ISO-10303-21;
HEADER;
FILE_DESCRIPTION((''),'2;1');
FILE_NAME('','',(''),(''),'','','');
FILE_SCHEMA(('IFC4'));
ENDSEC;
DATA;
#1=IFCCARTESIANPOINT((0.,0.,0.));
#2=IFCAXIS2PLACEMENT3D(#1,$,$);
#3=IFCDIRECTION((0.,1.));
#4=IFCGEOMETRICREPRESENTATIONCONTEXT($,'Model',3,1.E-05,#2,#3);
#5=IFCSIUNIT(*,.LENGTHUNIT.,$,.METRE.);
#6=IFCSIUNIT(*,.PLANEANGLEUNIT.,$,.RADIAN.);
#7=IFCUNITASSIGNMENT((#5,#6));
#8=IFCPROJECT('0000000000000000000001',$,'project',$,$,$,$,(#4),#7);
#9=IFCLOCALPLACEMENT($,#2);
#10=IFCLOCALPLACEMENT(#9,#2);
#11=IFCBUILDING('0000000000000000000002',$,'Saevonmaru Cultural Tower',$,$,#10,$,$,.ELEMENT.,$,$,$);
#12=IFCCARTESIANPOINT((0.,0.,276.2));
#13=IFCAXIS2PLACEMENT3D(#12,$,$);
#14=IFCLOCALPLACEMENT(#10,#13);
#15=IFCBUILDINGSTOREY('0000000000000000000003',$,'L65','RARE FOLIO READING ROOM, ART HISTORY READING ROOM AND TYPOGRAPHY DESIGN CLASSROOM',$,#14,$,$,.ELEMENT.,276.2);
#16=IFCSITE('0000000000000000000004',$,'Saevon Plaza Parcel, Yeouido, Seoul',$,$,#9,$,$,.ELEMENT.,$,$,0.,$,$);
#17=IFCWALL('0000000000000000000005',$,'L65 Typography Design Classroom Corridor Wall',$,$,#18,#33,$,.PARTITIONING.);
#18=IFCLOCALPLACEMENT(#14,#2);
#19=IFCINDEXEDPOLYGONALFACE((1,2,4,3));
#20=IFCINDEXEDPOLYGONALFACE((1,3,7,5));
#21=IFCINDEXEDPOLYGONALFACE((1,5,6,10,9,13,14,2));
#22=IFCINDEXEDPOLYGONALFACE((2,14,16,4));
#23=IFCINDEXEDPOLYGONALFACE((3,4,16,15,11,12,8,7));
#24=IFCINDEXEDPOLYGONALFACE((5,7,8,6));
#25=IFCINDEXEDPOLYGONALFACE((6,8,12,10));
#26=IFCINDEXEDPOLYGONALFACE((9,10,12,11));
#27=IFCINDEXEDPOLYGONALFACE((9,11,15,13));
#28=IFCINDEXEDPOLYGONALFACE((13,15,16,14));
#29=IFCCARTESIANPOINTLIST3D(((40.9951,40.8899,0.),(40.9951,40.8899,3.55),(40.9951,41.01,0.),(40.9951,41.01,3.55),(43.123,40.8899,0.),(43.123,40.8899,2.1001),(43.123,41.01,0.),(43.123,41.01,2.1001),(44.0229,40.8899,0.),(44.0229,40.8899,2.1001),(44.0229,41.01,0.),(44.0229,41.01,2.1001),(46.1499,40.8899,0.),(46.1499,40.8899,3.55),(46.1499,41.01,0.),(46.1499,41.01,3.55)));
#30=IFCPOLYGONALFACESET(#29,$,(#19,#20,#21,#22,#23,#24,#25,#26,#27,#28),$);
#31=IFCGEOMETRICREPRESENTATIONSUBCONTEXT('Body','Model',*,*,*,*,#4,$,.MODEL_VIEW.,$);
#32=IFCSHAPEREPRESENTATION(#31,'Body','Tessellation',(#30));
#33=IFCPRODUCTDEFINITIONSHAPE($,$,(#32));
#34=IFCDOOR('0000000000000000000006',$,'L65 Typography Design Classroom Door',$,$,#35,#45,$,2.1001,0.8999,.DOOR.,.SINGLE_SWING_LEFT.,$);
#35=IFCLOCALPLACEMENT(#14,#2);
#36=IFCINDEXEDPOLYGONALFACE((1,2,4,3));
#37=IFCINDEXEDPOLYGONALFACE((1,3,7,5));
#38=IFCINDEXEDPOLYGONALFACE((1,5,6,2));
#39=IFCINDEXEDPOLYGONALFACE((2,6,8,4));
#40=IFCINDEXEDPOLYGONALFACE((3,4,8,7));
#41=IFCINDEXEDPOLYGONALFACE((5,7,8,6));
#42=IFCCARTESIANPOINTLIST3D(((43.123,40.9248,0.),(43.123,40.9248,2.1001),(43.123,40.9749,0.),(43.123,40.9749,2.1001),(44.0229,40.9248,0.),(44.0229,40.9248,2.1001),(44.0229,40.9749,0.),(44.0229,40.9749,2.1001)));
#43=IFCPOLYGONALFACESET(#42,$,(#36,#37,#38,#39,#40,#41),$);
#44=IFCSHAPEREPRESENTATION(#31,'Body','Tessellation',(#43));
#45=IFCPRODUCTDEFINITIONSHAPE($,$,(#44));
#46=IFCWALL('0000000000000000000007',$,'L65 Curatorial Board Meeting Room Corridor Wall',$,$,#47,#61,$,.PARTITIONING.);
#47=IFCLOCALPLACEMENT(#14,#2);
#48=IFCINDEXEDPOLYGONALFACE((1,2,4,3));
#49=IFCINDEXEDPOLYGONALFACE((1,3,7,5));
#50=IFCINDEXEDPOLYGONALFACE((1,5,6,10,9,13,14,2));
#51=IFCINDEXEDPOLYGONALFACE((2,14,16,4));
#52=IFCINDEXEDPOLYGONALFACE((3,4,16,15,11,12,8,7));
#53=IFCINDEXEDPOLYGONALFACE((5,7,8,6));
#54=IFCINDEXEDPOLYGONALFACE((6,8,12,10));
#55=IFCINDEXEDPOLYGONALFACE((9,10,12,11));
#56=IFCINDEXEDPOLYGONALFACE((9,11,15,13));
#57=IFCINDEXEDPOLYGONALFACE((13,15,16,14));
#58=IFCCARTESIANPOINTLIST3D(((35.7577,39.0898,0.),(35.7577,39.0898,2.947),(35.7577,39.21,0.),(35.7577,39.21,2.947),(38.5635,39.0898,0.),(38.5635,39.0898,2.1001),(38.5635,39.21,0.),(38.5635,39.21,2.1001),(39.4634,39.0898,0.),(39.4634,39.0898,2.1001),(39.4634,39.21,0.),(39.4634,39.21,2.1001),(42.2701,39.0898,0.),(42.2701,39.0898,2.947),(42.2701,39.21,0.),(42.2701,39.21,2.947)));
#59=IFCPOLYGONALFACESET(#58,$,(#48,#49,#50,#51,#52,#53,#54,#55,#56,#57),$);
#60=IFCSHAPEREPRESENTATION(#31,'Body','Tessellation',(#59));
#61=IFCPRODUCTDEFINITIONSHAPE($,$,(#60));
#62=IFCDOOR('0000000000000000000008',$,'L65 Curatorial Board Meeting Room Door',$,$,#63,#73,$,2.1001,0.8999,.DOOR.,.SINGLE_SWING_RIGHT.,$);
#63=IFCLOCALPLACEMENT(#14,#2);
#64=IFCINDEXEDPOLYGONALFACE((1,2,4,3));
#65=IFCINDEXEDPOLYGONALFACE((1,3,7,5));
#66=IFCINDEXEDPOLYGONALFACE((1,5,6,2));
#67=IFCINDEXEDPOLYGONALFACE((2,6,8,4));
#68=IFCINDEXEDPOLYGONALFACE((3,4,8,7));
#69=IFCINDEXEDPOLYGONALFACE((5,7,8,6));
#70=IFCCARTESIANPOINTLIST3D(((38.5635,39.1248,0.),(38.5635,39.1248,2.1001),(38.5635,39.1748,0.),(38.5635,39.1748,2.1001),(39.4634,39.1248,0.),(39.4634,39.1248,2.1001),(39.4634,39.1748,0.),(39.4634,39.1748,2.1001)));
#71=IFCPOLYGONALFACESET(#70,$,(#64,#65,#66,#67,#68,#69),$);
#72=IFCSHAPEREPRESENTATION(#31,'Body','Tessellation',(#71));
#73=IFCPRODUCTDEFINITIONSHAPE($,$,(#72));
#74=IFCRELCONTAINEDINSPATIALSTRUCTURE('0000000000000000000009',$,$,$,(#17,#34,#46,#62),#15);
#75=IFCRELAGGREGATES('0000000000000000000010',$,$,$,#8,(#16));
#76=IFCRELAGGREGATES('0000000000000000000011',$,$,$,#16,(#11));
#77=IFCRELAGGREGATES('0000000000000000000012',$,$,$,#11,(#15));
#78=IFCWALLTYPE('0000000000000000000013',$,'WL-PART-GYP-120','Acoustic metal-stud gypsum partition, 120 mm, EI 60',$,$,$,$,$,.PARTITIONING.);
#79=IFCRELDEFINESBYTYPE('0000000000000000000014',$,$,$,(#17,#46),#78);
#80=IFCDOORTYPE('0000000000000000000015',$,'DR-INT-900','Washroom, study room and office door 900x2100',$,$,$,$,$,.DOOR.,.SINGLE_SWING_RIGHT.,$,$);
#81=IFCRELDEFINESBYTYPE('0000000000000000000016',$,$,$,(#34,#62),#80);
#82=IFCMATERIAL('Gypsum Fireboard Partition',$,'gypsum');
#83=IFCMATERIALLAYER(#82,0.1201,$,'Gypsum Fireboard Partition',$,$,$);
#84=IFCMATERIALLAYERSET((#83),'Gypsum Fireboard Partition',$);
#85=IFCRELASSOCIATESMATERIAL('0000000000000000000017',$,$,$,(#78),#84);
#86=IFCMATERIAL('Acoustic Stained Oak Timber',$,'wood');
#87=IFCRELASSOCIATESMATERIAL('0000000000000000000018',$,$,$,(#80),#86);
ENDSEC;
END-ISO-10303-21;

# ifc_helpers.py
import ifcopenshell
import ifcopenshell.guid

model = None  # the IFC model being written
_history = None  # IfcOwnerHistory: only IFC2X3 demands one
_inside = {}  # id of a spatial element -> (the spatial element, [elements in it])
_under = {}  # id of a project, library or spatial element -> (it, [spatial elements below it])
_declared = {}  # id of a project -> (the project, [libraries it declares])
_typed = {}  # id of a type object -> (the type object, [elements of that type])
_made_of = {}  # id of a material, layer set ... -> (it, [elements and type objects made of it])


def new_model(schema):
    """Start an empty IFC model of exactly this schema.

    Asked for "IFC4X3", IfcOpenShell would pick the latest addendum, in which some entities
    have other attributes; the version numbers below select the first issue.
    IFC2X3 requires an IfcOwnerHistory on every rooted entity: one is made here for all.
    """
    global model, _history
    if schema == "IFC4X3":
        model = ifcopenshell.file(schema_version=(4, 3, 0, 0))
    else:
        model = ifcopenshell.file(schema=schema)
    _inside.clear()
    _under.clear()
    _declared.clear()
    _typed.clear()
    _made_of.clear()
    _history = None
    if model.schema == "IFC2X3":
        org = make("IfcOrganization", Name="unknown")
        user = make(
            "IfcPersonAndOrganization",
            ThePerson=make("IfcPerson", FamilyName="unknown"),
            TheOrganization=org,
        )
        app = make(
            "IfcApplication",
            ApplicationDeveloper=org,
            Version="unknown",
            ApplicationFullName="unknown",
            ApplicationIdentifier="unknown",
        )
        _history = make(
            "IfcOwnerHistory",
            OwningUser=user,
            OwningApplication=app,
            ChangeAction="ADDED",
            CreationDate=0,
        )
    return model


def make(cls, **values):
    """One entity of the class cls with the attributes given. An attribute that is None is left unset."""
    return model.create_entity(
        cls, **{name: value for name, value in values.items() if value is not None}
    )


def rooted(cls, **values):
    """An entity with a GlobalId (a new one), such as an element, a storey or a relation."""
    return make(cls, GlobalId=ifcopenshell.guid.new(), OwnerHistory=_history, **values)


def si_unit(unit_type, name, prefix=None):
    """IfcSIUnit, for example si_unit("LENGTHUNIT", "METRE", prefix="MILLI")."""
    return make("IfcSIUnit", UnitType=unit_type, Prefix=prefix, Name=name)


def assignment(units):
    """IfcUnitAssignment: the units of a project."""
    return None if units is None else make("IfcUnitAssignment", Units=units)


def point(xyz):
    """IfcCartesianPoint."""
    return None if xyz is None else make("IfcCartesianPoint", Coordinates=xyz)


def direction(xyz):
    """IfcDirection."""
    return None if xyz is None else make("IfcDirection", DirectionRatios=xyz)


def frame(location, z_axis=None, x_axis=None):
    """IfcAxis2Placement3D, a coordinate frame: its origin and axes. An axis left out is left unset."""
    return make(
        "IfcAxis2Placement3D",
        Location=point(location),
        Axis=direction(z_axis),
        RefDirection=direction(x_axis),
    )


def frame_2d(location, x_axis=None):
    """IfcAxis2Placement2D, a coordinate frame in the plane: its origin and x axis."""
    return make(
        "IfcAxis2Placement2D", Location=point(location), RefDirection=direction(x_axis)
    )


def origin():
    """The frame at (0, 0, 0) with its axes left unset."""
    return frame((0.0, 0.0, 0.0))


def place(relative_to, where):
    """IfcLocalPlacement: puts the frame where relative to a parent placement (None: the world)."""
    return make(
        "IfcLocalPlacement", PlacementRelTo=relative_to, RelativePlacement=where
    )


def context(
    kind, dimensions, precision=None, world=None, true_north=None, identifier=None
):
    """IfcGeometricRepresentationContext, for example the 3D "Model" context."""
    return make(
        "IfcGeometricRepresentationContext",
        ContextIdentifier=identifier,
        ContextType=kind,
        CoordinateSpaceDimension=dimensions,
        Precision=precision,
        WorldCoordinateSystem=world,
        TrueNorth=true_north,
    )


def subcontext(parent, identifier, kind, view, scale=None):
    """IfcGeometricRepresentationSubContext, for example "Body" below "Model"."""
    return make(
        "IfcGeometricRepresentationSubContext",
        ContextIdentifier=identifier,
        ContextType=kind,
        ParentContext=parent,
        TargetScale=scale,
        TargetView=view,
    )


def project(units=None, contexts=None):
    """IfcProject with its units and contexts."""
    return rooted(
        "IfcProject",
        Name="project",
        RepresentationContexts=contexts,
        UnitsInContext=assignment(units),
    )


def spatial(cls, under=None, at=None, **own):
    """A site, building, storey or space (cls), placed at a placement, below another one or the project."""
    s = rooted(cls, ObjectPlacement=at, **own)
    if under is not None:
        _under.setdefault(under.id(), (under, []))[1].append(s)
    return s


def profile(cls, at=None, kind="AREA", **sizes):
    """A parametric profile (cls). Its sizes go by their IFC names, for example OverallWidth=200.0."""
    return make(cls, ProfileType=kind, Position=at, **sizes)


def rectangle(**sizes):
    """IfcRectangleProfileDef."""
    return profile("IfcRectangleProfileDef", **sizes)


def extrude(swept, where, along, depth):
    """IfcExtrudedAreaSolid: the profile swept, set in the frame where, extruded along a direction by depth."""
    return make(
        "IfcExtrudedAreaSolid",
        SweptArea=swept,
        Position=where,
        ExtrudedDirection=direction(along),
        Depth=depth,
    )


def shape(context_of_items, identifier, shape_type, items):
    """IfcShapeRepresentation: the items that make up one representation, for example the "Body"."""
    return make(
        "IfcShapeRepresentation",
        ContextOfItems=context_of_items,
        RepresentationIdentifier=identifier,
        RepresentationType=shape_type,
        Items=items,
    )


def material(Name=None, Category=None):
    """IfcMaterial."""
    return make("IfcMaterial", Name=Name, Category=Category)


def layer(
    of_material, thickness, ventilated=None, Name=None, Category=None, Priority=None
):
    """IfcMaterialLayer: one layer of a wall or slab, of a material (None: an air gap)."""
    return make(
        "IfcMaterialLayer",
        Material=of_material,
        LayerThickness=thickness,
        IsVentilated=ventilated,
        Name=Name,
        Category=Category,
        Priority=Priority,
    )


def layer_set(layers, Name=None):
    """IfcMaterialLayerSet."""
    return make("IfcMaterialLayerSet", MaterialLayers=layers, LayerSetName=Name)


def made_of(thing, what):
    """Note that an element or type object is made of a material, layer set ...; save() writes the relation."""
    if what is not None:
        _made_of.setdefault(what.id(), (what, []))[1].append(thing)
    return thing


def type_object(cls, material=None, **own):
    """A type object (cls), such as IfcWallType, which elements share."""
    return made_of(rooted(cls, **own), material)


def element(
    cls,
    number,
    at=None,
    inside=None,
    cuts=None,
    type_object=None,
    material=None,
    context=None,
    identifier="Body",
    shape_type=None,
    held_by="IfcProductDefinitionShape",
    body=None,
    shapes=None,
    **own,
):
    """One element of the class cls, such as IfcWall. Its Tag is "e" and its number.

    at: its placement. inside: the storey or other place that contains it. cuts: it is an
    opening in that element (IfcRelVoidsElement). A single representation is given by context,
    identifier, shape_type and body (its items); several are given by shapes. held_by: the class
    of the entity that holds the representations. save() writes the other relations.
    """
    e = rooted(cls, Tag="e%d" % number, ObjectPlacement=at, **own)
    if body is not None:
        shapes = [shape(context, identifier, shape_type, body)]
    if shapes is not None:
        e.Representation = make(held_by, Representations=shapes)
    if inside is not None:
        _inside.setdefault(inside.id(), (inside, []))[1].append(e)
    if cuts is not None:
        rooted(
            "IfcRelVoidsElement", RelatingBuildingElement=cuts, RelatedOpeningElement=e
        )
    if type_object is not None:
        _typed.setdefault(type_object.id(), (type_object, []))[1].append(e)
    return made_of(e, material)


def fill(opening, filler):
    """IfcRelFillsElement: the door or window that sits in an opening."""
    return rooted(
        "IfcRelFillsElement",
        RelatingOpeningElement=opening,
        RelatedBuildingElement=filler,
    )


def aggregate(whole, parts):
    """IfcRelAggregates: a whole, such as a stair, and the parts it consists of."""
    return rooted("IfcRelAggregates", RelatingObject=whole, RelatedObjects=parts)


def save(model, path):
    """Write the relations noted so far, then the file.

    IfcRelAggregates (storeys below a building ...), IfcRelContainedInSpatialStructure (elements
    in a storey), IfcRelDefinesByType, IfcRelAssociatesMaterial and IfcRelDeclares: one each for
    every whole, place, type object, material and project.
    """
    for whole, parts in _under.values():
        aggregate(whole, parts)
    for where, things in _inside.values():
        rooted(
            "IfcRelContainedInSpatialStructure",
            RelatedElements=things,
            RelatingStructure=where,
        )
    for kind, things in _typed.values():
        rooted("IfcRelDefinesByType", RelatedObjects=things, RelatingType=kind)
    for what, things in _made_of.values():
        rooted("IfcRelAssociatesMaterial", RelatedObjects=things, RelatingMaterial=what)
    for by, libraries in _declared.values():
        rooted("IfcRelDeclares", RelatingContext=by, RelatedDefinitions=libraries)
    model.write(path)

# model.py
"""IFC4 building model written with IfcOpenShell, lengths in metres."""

from ifc_helpers import new_model, si_unit, direction, frame, frame_2d, origin, place, context, subcontext, project, spatial, rectangle, extrude, material, layer, layer_set, type_object, element, fill, save


model = new_model("IFC4")

# Units and contexts
model_context = context("Model", 3, precision=1e-05, world=origin(), true_north=direction((0.0, 1.0)))
body_context = subcontext(model_context, "Body", "Model", "MODEL_VIEW")
ifc_project = project(units=[si_unit("LENGTHUNIT", "METRE"), si_unit("PLANEANGLEUNIT", "RADIAN")], contexts=[model_context])

# Site, building, storey
site_placement = place(None, origin())
site = spatial("IfcSite", under=ifc_project, at=site_placement, Name="Saevon Plaza Parcel, Yeouido, Seoul", CompositionType="ELEMENT", RefElevation=0.0)
building_placement = place(site_placement, origin())
building = spatial("IfcBuilding", under=site, at=building_placement, Name="Saevonmaru Cultural Tower", CompositionType="ELEMENT")
storey_placement = place(building_placement, frame((0.0, 0.0, 276.2)))
storey = spatial("IfcBuildingStorey", under=building, at=storey_placement, Name="L65", Description="RARE FOLIO READING ROOM, ART HISTORY READING ROOM AND TYPOGRAPHY DESIGN CLASSROOM", CompositionType="ELEMENT", Elevation=276.2)

# Shared definitions
ifc_material_1 = material(Name="Gypsum Fireboard Partition", Category="gypsum")

# Walls, openings, doors
ifc_layer_1 = layer(ifc_material_1, 0.1201, Name="Gypsum Fireboard Partition")
ifc_layer_set_1 = layer_set([ifc_layer_1], Name="Gypsum Fireboard Partition")
wall_type_1 = type_object("IfcWallType", Name="WL-PART-GYP-120", Description="Acoustic metal-stud gypsum partition, 120 mm, EI 60", PredefinedType="PARTITIONING", material=ifc_layer_set_1)
wall_1_placement = place(storey_placement, frame((40.9951, 40.95, 0.0), z_axis=(0.0, 0.0, 1.0), x_axis=(1.0, 0.0, 0.0)))
wall_1 = element("IfcWall", 1, at=wall_1_placement, inside=storey, type_object=wall_type_1, Name="L65 Typography Design Classroom Corridor Wall", PredefinedType="PARTITIONING", context=body_context, shape_type="SweptSolid", body=[
    extrude(rectangle(XDim=5.1548, YDim=0.1201, at=frame_2d((2.5774, 0.0))), origin(), (0.0, 0.0, 1.0), 3.55),
])
opening_1_placement = place(wall_1_placement, frame((2.1279, 0.0, 0.0)))
opening_1 = element("IfcOpeningElement", 2, at=opening_1_placement, cuts=wall_1, PredefinedType="OPENING", context=body_context, shape_type="SweptSolid", body=[
    extrude(rectangle(XDim=0.8999, YDim=2.1001, at=frame_2d((0.45, 1.05))), frame((0.0, 0.0701, 0.0), z_axis=(0.0, -1.0, 0.0), x_axis=(1.0, 0.0, 0.0)), (0.0, 0.0, 1.0), 0.1401),
])
ifc_material_2 = material(Name="Acoustic Stained Oak Timber", Category="wood")
door_type_1 = type_object("IfcDoorType", Name="DR-INT-900", Description="Washroom, study room and office door 900x2100", OperationType="SINGLE_SWING_RIGHT", PredefinedType="DOOR", material=ifc_material_2)
door_1_placement = place(opening_1_placement, origin())
door_1 = element("IfcDoor", 3, at=door_1_placement, inside=storey, type_object=door_type_1, Name="L65 Typography Design Classroom Door", OperationType="SINGLE_SWING_LEFT", OverallHeight=2.1001, OverallWidth=0.8999, PredefinedType="DOOR", context=body_context, shape_type="SweptSolid", body=[
    extrude(rectangle(XDim=0.8999, YDim=2.1001, at=frame_2d((0.45, 1.05))), frame((0.0, 0.0249, 0.0), z_axis=(0.0, -1.0, 0.0), x_axis=(1.0, 0.0, 0.0)), (0.0, 0.0, 1.0), 0.05),
])
fill(opening_1, door_1)
wall_2_placement = place(storey_placement, frame((35.7576, 39.1499, 0.0), z_axis=(0.0, 0.0, 1.0), x_axis=(1.0, 0.0, 0.0)))
wall_2 = element("IfcWall", 4, at=wall_2_placement, inside=storey, type_object=wall_type_1, Name="L65 Curatorial Board Meeting Room Corridor Wall", PredefinedType="PARTITIONING", context=body_context, shape_type="SweptSolid", body=[
    extrude(rectangle(XDim=6.5125, YDim=0.1201, at=frame_2d((3.2563, 0.0))), origin(), (0.0, 0.0, 1.0), 2.947),
])
opening_2_placement = place(wall_2_placement, frame((2.8059, 0.0, 0.0)))
opening_2 = element("IfcOpeningElement", 5, at=opening_2_placement, cuts=wall_2, PredefinedType="OPENING", context=body_context, shape_type="SweptSolid", body=[
    extrude(rectangle(XDim=0.8999, YDim=2.1001, at=frame_2d((0.45, 1.05))), frame((0.0, 0.0701, 0.0), z_axis=(0.0, -1.0, 0.0), x_axis=(1.0, 0.0, 0.0)), (0.0, 0.0, 1.0), 0.1401),
])
door_2_placement = place(opening_2_placement, origin())
door_2 = element("IfcDoor", 6, at=door_2_placement, inside=storey, type_object=door_type_1, Name="L65 Curatorial Board Meeting Room Door", OperationType="SINGLE_SWING_RIGHT", OverallHeight=2.1001, OverallWidth=0.8999, PredefinedType="DOOR", context=body_context, shape_type="SweptSolid", body=[
    extrude(rectangle(XDim=0.8999, YDim=2.1001, at=frame_2d((0.45, 1.05))), frame((0.0, 0.0249, 0.0), z_axis=(0.0, -1.0, 0.0), x_axis=(1.0, 0.0, 0.0)), (0.0, 0.0, 1.0), 0.05),
])
fill(opening_2, door_2)

save(model, "model.ifc")
